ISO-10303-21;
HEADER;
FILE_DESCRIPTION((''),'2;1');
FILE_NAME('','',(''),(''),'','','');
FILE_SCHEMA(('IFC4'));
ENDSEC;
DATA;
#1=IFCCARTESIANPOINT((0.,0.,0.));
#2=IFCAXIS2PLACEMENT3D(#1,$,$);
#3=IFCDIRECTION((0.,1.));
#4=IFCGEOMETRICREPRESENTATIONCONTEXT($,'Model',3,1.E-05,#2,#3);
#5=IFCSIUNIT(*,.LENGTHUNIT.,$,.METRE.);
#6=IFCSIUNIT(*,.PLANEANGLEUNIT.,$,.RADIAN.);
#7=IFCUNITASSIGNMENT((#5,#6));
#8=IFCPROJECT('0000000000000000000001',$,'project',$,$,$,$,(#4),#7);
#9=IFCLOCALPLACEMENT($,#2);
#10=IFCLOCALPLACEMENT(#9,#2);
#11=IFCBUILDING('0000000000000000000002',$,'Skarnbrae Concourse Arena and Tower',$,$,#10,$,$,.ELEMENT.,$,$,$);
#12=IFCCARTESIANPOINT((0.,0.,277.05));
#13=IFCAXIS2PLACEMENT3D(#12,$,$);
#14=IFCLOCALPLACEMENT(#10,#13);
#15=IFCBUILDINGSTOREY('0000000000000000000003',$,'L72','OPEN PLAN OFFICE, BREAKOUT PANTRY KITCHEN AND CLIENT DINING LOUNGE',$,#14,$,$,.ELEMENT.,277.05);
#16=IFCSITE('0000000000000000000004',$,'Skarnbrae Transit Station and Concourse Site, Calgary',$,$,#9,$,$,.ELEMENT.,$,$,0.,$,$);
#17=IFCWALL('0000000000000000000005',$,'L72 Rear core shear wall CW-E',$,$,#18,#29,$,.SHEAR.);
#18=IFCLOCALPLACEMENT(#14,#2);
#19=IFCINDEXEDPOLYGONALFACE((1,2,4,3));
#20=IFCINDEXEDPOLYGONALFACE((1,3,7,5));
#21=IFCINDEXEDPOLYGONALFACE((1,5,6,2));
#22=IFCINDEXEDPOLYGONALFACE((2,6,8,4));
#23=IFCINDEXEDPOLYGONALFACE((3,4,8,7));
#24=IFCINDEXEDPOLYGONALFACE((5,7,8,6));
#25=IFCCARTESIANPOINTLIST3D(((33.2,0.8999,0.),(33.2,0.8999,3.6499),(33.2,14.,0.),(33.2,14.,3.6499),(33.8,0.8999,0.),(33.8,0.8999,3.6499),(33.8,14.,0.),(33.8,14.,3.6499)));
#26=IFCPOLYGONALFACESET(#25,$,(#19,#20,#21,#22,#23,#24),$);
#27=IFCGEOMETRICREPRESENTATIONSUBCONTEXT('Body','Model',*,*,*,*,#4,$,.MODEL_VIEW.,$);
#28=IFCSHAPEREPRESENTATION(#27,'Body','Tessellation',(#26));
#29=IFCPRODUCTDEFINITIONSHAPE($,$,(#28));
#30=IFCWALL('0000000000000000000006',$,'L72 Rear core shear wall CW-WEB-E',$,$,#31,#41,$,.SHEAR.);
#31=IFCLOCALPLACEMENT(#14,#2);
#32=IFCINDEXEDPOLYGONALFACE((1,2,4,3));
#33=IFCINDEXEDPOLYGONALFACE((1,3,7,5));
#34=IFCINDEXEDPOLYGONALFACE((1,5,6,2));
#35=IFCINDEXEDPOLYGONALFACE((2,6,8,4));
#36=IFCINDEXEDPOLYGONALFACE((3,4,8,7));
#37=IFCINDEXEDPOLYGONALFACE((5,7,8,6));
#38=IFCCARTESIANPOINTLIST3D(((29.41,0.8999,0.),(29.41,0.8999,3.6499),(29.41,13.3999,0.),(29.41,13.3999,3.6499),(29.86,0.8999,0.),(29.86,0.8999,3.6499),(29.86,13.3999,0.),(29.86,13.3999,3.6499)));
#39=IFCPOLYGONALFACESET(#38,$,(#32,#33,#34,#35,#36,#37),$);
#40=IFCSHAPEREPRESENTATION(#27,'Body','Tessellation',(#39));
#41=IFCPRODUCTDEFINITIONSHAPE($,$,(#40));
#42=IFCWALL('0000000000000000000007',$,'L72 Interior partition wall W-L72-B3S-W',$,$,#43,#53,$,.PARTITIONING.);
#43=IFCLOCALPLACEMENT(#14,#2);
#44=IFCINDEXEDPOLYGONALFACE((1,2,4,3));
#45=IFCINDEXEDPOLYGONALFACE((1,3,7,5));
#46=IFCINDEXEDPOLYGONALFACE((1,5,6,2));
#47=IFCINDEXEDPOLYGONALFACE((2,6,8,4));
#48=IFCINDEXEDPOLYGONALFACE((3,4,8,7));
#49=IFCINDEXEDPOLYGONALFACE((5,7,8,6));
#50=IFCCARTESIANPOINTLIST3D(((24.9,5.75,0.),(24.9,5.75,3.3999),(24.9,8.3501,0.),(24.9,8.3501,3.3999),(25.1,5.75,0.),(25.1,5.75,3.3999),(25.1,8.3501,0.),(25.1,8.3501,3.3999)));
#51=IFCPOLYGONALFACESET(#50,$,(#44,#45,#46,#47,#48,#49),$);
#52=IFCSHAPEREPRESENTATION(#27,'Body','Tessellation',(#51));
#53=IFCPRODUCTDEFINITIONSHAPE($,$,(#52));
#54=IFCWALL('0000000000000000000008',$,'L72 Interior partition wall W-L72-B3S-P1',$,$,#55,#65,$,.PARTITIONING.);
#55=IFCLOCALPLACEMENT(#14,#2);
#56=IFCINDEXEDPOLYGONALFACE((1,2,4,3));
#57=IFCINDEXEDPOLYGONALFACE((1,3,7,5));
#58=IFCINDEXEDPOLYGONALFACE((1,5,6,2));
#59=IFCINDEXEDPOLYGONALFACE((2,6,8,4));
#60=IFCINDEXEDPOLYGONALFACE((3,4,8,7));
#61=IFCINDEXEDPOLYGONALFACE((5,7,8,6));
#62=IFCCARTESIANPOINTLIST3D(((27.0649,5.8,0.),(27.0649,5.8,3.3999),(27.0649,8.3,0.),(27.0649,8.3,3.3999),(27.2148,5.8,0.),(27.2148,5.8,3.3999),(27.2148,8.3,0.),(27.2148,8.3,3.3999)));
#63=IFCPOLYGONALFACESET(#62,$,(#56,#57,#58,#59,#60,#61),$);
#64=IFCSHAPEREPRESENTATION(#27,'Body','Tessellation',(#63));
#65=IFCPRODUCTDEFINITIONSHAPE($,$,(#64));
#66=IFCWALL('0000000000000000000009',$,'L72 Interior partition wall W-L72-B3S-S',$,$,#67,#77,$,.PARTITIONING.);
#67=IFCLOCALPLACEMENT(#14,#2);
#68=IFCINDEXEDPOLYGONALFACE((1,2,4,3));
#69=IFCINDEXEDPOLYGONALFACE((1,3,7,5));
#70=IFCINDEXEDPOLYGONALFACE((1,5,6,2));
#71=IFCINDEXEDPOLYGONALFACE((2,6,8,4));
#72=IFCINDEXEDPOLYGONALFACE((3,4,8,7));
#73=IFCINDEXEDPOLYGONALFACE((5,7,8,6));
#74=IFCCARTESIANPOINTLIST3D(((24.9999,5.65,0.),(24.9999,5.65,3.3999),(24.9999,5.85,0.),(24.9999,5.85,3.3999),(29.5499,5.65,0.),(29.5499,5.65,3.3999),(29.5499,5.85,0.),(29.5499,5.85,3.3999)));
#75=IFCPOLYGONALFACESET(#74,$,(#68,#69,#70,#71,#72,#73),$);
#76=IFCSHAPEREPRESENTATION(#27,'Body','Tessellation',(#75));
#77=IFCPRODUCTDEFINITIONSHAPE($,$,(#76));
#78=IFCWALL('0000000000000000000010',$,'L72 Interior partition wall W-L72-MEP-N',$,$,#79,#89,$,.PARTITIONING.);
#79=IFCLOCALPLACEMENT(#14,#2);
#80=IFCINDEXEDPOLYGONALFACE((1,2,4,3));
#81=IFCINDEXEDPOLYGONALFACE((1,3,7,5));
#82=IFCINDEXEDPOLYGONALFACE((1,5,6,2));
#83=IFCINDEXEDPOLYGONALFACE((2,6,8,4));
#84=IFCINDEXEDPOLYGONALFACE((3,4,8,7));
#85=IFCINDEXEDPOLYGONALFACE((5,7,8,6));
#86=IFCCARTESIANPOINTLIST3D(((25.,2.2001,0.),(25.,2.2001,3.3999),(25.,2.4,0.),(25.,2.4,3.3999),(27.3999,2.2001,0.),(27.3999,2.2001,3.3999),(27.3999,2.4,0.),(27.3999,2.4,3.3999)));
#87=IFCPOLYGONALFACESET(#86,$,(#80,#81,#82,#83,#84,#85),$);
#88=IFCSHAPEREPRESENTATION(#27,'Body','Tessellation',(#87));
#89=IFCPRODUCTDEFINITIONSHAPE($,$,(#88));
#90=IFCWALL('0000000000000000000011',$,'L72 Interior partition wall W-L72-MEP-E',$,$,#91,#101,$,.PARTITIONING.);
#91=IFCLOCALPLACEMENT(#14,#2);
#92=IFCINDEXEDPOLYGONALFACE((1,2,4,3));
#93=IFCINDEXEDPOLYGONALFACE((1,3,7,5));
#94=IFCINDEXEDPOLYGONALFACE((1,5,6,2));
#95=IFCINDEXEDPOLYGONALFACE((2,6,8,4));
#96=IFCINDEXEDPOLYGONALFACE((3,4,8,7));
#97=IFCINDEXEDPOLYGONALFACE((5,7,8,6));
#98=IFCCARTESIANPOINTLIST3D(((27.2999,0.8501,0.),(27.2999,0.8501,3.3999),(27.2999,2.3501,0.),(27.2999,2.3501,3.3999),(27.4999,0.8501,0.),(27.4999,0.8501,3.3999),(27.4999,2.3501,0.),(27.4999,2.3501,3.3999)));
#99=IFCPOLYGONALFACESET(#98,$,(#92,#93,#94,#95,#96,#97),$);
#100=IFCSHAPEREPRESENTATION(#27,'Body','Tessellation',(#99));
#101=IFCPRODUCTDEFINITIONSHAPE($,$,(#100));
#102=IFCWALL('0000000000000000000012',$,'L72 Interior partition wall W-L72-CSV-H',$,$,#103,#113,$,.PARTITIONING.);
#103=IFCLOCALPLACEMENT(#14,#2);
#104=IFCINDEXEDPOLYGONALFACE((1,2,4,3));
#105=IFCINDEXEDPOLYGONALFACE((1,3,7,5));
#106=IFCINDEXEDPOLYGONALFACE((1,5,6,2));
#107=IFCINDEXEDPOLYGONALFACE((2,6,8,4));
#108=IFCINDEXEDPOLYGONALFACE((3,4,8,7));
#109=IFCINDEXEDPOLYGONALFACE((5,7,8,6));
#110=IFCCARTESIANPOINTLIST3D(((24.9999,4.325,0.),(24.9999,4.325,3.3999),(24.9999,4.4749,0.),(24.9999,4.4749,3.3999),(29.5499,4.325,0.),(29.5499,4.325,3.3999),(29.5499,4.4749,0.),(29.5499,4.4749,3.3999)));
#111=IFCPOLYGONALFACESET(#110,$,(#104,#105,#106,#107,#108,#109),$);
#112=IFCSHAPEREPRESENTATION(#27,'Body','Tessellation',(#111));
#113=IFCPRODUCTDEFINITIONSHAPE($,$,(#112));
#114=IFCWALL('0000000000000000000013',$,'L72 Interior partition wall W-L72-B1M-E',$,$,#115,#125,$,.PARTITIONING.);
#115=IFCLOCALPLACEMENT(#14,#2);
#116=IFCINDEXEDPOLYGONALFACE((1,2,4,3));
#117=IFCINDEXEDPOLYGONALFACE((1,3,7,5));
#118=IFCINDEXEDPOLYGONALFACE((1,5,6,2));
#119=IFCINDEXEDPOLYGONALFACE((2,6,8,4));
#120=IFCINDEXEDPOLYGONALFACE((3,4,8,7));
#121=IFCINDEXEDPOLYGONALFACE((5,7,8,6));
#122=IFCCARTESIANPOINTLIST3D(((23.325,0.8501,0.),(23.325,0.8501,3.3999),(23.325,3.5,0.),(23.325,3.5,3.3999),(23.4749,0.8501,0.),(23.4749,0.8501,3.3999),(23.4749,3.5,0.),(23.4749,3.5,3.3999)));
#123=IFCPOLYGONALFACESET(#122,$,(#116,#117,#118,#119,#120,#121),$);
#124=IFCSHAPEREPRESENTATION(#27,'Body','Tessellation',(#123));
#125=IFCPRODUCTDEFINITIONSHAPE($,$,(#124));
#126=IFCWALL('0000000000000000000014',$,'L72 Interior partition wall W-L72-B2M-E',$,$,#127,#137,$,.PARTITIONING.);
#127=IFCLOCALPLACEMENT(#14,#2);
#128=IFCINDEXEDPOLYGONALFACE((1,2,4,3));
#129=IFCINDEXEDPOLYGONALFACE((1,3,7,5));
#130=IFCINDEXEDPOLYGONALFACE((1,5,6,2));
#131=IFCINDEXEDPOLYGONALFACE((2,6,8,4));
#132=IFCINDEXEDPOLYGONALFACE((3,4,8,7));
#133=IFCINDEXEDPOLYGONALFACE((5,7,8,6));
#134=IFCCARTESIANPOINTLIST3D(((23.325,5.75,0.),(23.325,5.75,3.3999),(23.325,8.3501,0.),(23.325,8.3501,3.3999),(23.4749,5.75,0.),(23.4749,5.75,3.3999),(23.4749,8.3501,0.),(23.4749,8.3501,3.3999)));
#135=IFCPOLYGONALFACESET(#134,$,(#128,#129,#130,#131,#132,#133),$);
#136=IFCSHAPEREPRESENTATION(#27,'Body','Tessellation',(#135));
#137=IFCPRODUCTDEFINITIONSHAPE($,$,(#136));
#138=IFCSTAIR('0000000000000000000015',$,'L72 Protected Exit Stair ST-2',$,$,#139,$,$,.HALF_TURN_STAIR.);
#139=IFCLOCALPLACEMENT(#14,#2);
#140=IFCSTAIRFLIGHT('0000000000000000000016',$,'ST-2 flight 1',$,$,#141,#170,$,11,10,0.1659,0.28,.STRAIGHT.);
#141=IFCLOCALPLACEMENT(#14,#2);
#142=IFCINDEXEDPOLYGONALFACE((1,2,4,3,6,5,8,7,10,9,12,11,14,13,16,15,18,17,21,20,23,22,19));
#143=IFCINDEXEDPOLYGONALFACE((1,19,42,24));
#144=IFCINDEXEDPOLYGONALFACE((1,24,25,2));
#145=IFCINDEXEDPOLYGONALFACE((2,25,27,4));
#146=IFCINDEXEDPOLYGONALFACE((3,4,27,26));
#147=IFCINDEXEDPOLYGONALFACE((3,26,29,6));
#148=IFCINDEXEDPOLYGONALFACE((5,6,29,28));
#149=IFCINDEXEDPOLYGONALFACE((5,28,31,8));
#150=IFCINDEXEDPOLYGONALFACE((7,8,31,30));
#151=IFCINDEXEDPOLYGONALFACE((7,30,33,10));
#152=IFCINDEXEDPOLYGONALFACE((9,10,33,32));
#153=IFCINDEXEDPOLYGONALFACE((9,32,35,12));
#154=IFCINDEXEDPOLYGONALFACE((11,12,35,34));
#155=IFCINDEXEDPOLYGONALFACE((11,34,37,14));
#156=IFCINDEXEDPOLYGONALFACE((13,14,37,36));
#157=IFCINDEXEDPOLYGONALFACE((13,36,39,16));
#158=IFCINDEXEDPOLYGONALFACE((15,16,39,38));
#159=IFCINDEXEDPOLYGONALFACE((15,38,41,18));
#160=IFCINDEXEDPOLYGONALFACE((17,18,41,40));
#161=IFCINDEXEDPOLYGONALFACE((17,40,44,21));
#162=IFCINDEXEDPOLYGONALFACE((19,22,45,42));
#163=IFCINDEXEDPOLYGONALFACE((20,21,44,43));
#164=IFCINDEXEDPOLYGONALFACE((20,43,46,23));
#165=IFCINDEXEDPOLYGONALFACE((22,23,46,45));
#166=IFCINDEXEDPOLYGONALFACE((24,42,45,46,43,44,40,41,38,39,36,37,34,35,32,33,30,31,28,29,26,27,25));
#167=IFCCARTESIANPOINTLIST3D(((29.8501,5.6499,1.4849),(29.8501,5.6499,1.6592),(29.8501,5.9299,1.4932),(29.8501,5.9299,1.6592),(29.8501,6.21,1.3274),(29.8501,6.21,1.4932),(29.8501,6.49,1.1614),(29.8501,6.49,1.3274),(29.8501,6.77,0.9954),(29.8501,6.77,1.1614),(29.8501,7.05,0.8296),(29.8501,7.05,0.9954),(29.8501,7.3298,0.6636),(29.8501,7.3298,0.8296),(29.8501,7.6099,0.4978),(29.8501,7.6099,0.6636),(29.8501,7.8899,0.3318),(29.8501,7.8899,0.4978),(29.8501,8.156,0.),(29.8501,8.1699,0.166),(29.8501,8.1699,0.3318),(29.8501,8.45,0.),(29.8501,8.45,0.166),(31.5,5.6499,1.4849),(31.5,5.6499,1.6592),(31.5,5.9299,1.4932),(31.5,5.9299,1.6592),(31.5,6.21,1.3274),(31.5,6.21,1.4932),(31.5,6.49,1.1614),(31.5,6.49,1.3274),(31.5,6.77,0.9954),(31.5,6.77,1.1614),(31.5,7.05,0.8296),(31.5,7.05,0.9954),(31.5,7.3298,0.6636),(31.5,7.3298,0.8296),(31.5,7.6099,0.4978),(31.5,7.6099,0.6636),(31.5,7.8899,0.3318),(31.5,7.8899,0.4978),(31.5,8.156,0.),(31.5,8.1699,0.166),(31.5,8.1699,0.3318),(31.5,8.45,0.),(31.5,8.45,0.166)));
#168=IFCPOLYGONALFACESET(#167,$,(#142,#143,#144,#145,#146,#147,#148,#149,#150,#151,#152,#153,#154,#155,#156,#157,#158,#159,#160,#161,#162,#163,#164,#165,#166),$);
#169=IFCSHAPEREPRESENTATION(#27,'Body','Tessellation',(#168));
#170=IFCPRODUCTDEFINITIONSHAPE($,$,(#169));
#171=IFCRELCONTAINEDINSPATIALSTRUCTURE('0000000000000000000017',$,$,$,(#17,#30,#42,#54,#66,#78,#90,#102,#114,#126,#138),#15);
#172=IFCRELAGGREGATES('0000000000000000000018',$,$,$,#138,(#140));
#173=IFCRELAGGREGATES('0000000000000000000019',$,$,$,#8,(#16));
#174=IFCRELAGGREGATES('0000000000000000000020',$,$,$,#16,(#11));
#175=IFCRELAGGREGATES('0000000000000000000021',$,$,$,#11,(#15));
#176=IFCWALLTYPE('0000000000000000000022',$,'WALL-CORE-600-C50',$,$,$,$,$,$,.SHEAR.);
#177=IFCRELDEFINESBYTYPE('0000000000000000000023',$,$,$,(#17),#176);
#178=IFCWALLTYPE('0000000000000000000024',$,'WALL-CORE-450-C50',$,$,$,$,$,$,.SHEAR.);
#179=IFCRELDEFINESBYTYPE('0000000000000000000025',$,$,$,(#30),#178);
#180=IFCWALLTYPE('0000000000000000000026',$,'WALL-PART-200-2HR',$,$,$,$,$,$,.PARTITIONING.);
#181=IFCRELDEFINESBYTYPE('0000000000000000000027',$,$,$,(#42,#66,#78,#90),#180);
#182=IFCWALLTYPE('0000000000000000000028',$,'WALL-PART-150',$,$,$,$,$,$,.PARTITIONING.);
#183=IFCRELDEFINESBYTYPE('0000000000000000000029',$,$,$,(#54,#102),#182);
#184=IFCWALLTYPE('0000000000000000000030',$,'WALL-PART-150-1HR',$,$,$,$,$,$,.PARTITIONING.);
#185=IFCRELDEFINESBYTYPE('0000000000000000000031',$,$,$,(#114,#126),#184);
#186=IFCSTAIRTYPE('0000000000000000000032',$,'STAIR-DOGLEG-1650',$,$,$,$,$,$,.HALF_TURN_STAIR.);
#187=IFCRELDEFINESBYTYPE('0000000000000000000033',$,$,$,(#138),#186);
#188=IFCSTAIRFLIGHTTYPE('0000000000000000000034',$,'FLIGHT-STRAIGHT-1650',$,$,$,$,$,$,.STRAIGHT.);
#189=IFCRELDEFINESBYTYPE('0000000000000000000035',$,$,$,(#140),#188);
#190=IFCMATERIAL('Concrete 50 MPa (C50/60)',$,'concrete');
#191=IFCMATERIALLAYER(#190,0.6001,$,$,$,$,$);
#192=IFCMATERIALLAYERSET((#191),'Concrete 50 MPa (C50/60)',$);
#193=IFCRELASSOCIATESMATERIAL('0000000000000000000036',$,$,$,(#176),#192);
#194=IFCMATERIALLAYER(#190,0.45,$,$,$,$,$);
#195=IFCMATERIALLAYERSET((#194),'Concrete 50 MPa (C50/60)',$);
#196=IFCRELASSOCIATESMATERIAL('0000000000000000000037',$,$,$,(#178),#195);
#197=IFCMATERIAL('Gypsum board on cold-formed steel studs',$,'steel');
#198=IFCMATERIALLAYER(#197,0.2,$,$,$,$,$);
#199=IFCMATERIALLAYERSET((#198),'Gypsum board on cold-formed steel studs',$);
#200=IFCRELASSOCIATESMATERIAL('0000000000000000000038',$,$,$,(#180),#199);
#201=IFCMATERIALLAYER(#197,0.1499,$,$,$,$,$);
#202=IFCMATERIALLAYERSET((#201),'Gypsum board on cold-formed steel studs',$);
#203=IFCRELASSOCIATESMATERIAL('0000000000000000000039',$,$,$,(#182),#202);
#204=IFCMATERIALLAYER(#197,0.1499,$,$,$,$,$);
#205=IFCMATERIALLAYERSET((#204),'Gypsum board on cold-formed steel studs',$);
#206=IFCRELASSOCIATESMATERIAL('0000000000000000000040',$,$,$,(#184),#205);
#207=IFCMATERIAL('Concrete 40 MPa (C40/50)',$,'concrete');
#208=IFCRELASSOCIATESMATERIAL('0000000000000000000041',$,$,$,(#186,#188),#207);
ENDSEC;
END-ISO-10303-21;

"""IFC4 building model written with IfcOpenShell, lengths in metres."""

from ifc_helpers import new_model, si_unit, direction, frame, frame_2d, origin, place, context, subcontext, project, spatial, polyline, rectangle, outline, extrude, source, transform, mapped, material, layer, layer_set, type_object, element, aggregate, save


model = new_model("IFC4")

# Units and contexts
model_context = context("Model", 3, precision=1e-05, world=origin(), true_north=direction((0.0, 1.0)))
body_context = subcontext(model_context, "Body", "Model", "MODEL_VIEW")
ifc_project = project(units=[si_unit("LENGTHUNIT", "METRE"), si_unit("PLANEANGLEUNIT", "RADIAN")], contexts=[model_context])

# Site, building, storey
site_placement = place(None, origin())
site = spatial("IfcSite", under=ifc_project, at=site_placement, Name="Skarnbrae Transit Station and Concourse Site, Calgary", CompositionType="ELEMENT", RefElevation=0.0)
building_placement = place(site_placement, origin())
building = spatial("IfcBuilding", under=site, at=building_placement, Name="Skarnbrae Concourse Arena and Tower", CompositionType="ELEMENT")
storey_placement = place(building_placement, frame((0.0, 0.0, 277.05)))
storey = spatial("IfcBuildingStorey", under=building, at=storey_placement, Name="L72", Description="OPEN PLAN OFFICE, BREAKOUT PANTRY KITCHEN AND CLIENT DINING LOUNGE", CompositionType="ELEMENT", Elevation=277.05)

# Walls
ifc_material_1 = material(Name="Concrete 50 MPa (C50/60)", Category="concrete")
ifc_layer_1 = layer(ifc_material_1, 0.6001)
ifc_layer_set_1 = layer_set([ifc_layer_1], Name="Concrete 50 MPa (C50/60)")
wall_type_1 = type_object("IfcWallType", Name="WALL-CORE-600-C50", PredefinedType="SHEAR", material=ifc_layer_set_1)
shared_shape_1 = source(origin(), body_context, "Body", "SweptSolid", [
    extrude(rectangle(XDim=13.1001, YDim=0.6001, at=frame_2d((6.55, 0.0))), origin(), (0.0, 0.0, 1.0), 3.6499),
])
wall_1_placement = place(storey_placement, frame((33.5, 0.8999, 0.0), z_axis=(0.0, 0.0, 1.0), x_axis=(0.0, 1.0, 0.0)))
element("IfcWall", 1, at=wall_1_placement, inside=storey, type_object=wall_type_1, Name="L72 Rear core shear wall CW-E", PredefinedType="SHEAR", context=body_context, shape_type="MappedRepresentation", body=[
    mapped(shared_shape_1, transform((0.0, 0.0, 0.0))),
])
ifc_layer_2 = layer(ifc_material_1, 0.45)
ifc_layer_set_2 = layer_set([ifc_layer_2], Name="Concrete 50 MPa (C50/60)")
wall_type_2 = type_object("IfcWallType", Name="WALL-CORE-450-C50", PredefinedType="SHEAR", material=ifc_layer_set_2)
shared_shape_2 = source(origin(), body_context, "Body", "SweptSolid", [
    extrude(rectangle(XDim=12.5, YDim=0.45, at=frame_2d((6.25, 0.0))), origin(), (0.0, 0.0, 1.0), 3.6499),
])
wall_2_placement = place(storey_placement, frame((29.635, 0.8999, 0.0), z_axis=(0.0, 0.0, 1.0), x_axis=(0.0, 1.0, 0.0)))
element("IfcWall", 2, at=wall_2_placement, inside=storey, type_object=wall_type_2, Name="L72 Rear core shear wall CW-WEB-E", PredefinedType="SHEAR", context=body_context, shape_type="MappedRepresentation", body=[
    mapped(shared_shape_2, transform((0.0, 0.0, 0.0))),
])
ifc_material_2 = material(Name="Gypsum board on cold-formed steel studs", Category="steel")
ifc_layer_3 = layer(ifc_material_2, 0.2)
ifc_layer_set_3 = layer_set([ifc_layer_3], Name="Gypsum board on cold-formed steel studs")
wall_type_3 = type_object("IfcWallType", Name="WALL-PART-200-2HR", PredefinedType="PARTITIONING", material=ifc_layer_set_3)
shared_shape_3 = source(origin(), body_context, "Body", "SweptSolid", [
    extrude(rectangle(XDim=2.6001, YDim=0.2, at=frame_2d((1.3, 0.0))), origin(), (0.0, 0.0, 1.0), 3.3999),
])
wall_3_placement = place(storey_placement, frame((25.0, 5.75, 0.0), z_axis=(0.0, 0.0, 1.0), x_axis=(0.0, 1.0, 0.0)))
element("IfcWall", 3, at=wall_3_placement, inside=storey, type_object=wall_type_3, Name="L72 Interior partition wall W-L72-B3S-W", PredefinedType="PARTITIONING", context=body_context, shape_type="MappedRepresentation", body=[
    mapped(shared_shape_3, transform((0.0, 0.0, 0.0))),
])
ifc_layer_4 = layer(ifc_material_2, 0.1499)
ifc_layer_set_4 = layer_set([ifc_layer_4], Name="Gypsum board on cold-formed steel studs")
wall_type_4 = type_object("IfcWallType", Name="WALL-PART-150", PredefinedType="PARTITIONING", material=ifc_layer_set_4)
shared_shape_4 = source(origin(), body_context, "Body", "SweptSolid", [
    extrude(rectangle(XDim=2.5, YDim=0.1499, at=frame_2d((1.25, 0.0))), origin(), (0.0, 0.0, 1.0), 3.3999),
])
wall_4_placement = place(storey_placement, frame((27.1399, 5.8, 0.0), z_axis=(0.0, 0.0, 1.0), x_axis=(0.0, 1.0, 0.0)))
element("IfcWall", 4, at=wall_4_placement, inside=storey, type_object=wall_type_4, Name="L72 Interior partition wall W-L72-B3S-P1", PredefinedType="PARTITIONING", context=body_context, shape_type="MappedRepresentation", body=[
    mapped(shared_shape_4, transform((0.0, 0.0, 0.0))),
])

# Shared definitions
shared_shape_5 = source(origin(), body_context, "Body", "SweptSolid", [
    extrude(rectangle(XDim=4.55, YDim=0.2, at=frame_2d((2.2749, 0.0))), origin(), (0.0, 0.0, 1.0), 3.3999),
])

# Wall
wall_5_placement = place(storey_placement, frame((25.0, 5.75, 0.0), z_axis=(0.0, 0.0, 1.0), x_axis=(1.0, 0.0, 0.0)))
element("IfcWall", 5, at=wall_5_placement, inside=storey, type_object=wall_type_3, Name="L72 Interior partition wall W-L72-B3S-S", PredefinedType="PARTITIONING", context=body_context, shape_type="MappedRepresentation", body=[
    mapped(shared_shape_5, transform((0.0, 0.0, 0.0))),
])

# Shared definitions
ifc_layer_5 = layer(ifc_material_2, 0.1499)
ifc_layer_set_5 = layer_set([ifc_layer_5], Name="Gypsum board on cold-formed steel studs")
wall_type_5 = type_object("IfcWallType", Name="WALL-PART-150-1HR", PredefinedType="PARTITIONING", material=ifc_layer_set_5)

# Walls
shared_shape_6 = source(origin(), body_context, "Body", "SweptSolid", [
    extrude(rectangle(XDim=2.3999, YDim=0.2, at=frame_2d((1.2, 0.0))), origin(), (0.0, 0.0, 1.0), 3.3999),
])
wall_6_placement = place(storey_placement, frame((25.0, 2.3, 0.0), z_axis=(0.0, 0.0, 1.0), x_axis=(1.0, 0.0, 0.0)))
element("IfcWall", 6, at=wall_6_placement, inside=storey, type_object=wall_type_3, Name="L72 Interior partition wall W-L72-MEP-N", PredefinedType="PARTITIONING", context=body_context, shape_type="MappedRepresentation", body=[
    mapped(shared_shape_6, transform((0.0, 0.0, 0.0))),
])
shared_shape_7 = source(origin(), body_context, "Body", "SweptSolid", [
    extrude(rectangle(XDim=1.5, YDim=0.2, at=frame_2d((0.75, 0.0))), origin(), (0.0, 0.0, 1.0), 3.3999),
])
wall_7_placement = place(storey_placement, frame((27.3999, 0.8501, 0.0), z_axis=(0.0, 0.0, 1.0), x_axis=(0.0, 1.0, 0.0)))
element("IfcWall", 7, at=wall_7_placement, inside=storey, type_object=wall_type_3, Name="L72 Interior partition wall W-L72-MEP-E", PredefinedType="PARTITIONING", context=body_context, shape_type="MappedRepresentation", body=[
    mapped(shared_shape_7, transform((0.0, 0.0, 0.0))),
])
shared_shape_8 = source(origin(), body_context, "Body", "SweptSolid", [
    extrude(rectangle(XDim=4.55, YDim=0.1499, at=frame_2d((2.2749, 0.0))), origin(), (0.0, 0.0, 1.0), 3.3999),
])
wall_8_placement = place(storey_placement, frame((25.0, 4.3999, 0.0), z_axis=(0.0, 0.0, 1.0), x_axis=(1.0, 0.0, 0.0)))
element("IfcWall", 8, at=wall_8_placement, inside=storey, type_object=wall_type_4, Name="L72 Interior partition wall W-L72-CSV-H", PredefinedType="PARTITIONING", context=body_context, shape_type="MappedRepresentation", body=[
    mapped(shared_shape_8, transform((0.0, 0.0, 0.0))),
])
shared_shape_9 = source(origin(), body_context, "Body", "SweptSolid", [
    extrude(rectangle(XDim=2.6499, YDim=0.1499, at=frame_2d((1.325, 0.0))), origin(), (0.0, 0.0, 1.0), 3.3999),
])
wall_9_placement = place(storey_placement, frame((23.3999, 0.8501, 0.0), z_axis=(0.0, 0.0, 1.0), x_axis=(0.0, 1.0, 0.0)))
element("IfcWall", 9, at=wall_9_placement, inside=storey, type_object=wall_type_5, Name="L72 Interior partition wall W-L72-B1M-E", PredefinedType="PARTITIONING", context=body_context, shape_type="MappedRepresentation", body=[
    mapped(shared_shape_9, transform((0.0, 0.0, 0.0))),
])
shared_shape_10 = source(origin(), body_context, "Body", "SweptSolid", [
    extrude(rectangle(XDim=2.6001, YDim=0.1499, at=frame_2d((1.3, 0.0))), origin(), (0.0, 0.0, 1.0), 3.3999),
])
wall_10_placement = place(storey_placement, frame((23.3999, 5.75, 0.0), z_axis=(0.0, 0.0, 1.0), x_axis=(0.0, 1.0, 0.0)))
element("IfcWall", 10, at=wall_10_placement, inside=storey, type_object=wall_type_5, Name="L72 Interior partition wall W-L72-B2M-E", PredefinedType="PARTITIONING", context=body_context, shape_type="MappedRepresentation", body=[
    mapped(shared_shape_10, transform((0.0, 0.0, 0.0))),
])

# Stair, stair flight
ifc_material_3 = material(Name="Concrete 40 MPa (C40/50)", Category="concrete")
stair_type = type_object("IfcStairType", Name="STAIR-DOGLEG-1650", PredefinedType="HALF_TURN_STAIR", material=ifc_material_3)
stair_placement = place(storey_placement, origin())
stair = element("IfcStair", 11, at=stair_placement, inside=storey, type_object=stair_type, Name="L72 Protected Exit Stair ST-2", PredefinedType="HALF_TURN_STAIR")
stair_flight_type = type_object("IfcStairFlightType", Name="FLIGHT-STRAIGHT-1650", PredefinedType="STRAIGHT", material=ifc_material_3)
shared_shape_11 = source(origin(), body_context, "Body", "SweptSolid", [
    extrude(outline(polyline([(0.0, 0.0), (0.0, 0.166), (0.28, 0.166), (0.28, 0.3318), (0.5601, 0.3318), (0.5601, 0.4978), (0.8401, 0.4978), (0.8401, 0.6636), (1.1201, 0.6636), (1.1201, 0.8296), (1.3999, 0.8296), (1.3999, 0.9954), (1.6799, 0.9954), (1.6799, 1.1614), (1.96, 1.1614), (1.96, 1.3274), (2.24, 1.3274), (2.24, 1.4932), (2.52, 1.4932), (2.52, 1.6592), (2.8, 1.6592), (2.8, 1.825), (2.8, 1.4849), (0.2939, 0.0), (0.0, 0.0)])), frame((0.0, 0.825, 0.0), z_axis=(0.0, -1.0, 0.0), x_axis=(1.0, 0.0, 0.0)), (0.0, 0.0, 1.0), 1.6499),
])
stair_flight_1_placement = place(storey_placement, frame((30.675, 8.45, 0.0), z_axis=(0.0, 0.0, 1.0), x_axis=(0.0, -1.0, 0.0)))
stair_flight_1 = element("IfcStairFlight", 12, at=stair_flight_1_placement, type_object=stair_flight_type, Name="ST-2 flight 1", NumberOfRisers=11, NumberOfTreads=10, PredefinedType="STRAIGHT", RiserHeight=0.1659, TreadLength=0.28, context=body_context, shape_type="MappedRepresentation", body=[
    mapped(shared_shape_11, transform((0.0, 0.0, 0.0))),
])
aggregate(stair, [stair_flight_1])

save(model, "model.ifc")
